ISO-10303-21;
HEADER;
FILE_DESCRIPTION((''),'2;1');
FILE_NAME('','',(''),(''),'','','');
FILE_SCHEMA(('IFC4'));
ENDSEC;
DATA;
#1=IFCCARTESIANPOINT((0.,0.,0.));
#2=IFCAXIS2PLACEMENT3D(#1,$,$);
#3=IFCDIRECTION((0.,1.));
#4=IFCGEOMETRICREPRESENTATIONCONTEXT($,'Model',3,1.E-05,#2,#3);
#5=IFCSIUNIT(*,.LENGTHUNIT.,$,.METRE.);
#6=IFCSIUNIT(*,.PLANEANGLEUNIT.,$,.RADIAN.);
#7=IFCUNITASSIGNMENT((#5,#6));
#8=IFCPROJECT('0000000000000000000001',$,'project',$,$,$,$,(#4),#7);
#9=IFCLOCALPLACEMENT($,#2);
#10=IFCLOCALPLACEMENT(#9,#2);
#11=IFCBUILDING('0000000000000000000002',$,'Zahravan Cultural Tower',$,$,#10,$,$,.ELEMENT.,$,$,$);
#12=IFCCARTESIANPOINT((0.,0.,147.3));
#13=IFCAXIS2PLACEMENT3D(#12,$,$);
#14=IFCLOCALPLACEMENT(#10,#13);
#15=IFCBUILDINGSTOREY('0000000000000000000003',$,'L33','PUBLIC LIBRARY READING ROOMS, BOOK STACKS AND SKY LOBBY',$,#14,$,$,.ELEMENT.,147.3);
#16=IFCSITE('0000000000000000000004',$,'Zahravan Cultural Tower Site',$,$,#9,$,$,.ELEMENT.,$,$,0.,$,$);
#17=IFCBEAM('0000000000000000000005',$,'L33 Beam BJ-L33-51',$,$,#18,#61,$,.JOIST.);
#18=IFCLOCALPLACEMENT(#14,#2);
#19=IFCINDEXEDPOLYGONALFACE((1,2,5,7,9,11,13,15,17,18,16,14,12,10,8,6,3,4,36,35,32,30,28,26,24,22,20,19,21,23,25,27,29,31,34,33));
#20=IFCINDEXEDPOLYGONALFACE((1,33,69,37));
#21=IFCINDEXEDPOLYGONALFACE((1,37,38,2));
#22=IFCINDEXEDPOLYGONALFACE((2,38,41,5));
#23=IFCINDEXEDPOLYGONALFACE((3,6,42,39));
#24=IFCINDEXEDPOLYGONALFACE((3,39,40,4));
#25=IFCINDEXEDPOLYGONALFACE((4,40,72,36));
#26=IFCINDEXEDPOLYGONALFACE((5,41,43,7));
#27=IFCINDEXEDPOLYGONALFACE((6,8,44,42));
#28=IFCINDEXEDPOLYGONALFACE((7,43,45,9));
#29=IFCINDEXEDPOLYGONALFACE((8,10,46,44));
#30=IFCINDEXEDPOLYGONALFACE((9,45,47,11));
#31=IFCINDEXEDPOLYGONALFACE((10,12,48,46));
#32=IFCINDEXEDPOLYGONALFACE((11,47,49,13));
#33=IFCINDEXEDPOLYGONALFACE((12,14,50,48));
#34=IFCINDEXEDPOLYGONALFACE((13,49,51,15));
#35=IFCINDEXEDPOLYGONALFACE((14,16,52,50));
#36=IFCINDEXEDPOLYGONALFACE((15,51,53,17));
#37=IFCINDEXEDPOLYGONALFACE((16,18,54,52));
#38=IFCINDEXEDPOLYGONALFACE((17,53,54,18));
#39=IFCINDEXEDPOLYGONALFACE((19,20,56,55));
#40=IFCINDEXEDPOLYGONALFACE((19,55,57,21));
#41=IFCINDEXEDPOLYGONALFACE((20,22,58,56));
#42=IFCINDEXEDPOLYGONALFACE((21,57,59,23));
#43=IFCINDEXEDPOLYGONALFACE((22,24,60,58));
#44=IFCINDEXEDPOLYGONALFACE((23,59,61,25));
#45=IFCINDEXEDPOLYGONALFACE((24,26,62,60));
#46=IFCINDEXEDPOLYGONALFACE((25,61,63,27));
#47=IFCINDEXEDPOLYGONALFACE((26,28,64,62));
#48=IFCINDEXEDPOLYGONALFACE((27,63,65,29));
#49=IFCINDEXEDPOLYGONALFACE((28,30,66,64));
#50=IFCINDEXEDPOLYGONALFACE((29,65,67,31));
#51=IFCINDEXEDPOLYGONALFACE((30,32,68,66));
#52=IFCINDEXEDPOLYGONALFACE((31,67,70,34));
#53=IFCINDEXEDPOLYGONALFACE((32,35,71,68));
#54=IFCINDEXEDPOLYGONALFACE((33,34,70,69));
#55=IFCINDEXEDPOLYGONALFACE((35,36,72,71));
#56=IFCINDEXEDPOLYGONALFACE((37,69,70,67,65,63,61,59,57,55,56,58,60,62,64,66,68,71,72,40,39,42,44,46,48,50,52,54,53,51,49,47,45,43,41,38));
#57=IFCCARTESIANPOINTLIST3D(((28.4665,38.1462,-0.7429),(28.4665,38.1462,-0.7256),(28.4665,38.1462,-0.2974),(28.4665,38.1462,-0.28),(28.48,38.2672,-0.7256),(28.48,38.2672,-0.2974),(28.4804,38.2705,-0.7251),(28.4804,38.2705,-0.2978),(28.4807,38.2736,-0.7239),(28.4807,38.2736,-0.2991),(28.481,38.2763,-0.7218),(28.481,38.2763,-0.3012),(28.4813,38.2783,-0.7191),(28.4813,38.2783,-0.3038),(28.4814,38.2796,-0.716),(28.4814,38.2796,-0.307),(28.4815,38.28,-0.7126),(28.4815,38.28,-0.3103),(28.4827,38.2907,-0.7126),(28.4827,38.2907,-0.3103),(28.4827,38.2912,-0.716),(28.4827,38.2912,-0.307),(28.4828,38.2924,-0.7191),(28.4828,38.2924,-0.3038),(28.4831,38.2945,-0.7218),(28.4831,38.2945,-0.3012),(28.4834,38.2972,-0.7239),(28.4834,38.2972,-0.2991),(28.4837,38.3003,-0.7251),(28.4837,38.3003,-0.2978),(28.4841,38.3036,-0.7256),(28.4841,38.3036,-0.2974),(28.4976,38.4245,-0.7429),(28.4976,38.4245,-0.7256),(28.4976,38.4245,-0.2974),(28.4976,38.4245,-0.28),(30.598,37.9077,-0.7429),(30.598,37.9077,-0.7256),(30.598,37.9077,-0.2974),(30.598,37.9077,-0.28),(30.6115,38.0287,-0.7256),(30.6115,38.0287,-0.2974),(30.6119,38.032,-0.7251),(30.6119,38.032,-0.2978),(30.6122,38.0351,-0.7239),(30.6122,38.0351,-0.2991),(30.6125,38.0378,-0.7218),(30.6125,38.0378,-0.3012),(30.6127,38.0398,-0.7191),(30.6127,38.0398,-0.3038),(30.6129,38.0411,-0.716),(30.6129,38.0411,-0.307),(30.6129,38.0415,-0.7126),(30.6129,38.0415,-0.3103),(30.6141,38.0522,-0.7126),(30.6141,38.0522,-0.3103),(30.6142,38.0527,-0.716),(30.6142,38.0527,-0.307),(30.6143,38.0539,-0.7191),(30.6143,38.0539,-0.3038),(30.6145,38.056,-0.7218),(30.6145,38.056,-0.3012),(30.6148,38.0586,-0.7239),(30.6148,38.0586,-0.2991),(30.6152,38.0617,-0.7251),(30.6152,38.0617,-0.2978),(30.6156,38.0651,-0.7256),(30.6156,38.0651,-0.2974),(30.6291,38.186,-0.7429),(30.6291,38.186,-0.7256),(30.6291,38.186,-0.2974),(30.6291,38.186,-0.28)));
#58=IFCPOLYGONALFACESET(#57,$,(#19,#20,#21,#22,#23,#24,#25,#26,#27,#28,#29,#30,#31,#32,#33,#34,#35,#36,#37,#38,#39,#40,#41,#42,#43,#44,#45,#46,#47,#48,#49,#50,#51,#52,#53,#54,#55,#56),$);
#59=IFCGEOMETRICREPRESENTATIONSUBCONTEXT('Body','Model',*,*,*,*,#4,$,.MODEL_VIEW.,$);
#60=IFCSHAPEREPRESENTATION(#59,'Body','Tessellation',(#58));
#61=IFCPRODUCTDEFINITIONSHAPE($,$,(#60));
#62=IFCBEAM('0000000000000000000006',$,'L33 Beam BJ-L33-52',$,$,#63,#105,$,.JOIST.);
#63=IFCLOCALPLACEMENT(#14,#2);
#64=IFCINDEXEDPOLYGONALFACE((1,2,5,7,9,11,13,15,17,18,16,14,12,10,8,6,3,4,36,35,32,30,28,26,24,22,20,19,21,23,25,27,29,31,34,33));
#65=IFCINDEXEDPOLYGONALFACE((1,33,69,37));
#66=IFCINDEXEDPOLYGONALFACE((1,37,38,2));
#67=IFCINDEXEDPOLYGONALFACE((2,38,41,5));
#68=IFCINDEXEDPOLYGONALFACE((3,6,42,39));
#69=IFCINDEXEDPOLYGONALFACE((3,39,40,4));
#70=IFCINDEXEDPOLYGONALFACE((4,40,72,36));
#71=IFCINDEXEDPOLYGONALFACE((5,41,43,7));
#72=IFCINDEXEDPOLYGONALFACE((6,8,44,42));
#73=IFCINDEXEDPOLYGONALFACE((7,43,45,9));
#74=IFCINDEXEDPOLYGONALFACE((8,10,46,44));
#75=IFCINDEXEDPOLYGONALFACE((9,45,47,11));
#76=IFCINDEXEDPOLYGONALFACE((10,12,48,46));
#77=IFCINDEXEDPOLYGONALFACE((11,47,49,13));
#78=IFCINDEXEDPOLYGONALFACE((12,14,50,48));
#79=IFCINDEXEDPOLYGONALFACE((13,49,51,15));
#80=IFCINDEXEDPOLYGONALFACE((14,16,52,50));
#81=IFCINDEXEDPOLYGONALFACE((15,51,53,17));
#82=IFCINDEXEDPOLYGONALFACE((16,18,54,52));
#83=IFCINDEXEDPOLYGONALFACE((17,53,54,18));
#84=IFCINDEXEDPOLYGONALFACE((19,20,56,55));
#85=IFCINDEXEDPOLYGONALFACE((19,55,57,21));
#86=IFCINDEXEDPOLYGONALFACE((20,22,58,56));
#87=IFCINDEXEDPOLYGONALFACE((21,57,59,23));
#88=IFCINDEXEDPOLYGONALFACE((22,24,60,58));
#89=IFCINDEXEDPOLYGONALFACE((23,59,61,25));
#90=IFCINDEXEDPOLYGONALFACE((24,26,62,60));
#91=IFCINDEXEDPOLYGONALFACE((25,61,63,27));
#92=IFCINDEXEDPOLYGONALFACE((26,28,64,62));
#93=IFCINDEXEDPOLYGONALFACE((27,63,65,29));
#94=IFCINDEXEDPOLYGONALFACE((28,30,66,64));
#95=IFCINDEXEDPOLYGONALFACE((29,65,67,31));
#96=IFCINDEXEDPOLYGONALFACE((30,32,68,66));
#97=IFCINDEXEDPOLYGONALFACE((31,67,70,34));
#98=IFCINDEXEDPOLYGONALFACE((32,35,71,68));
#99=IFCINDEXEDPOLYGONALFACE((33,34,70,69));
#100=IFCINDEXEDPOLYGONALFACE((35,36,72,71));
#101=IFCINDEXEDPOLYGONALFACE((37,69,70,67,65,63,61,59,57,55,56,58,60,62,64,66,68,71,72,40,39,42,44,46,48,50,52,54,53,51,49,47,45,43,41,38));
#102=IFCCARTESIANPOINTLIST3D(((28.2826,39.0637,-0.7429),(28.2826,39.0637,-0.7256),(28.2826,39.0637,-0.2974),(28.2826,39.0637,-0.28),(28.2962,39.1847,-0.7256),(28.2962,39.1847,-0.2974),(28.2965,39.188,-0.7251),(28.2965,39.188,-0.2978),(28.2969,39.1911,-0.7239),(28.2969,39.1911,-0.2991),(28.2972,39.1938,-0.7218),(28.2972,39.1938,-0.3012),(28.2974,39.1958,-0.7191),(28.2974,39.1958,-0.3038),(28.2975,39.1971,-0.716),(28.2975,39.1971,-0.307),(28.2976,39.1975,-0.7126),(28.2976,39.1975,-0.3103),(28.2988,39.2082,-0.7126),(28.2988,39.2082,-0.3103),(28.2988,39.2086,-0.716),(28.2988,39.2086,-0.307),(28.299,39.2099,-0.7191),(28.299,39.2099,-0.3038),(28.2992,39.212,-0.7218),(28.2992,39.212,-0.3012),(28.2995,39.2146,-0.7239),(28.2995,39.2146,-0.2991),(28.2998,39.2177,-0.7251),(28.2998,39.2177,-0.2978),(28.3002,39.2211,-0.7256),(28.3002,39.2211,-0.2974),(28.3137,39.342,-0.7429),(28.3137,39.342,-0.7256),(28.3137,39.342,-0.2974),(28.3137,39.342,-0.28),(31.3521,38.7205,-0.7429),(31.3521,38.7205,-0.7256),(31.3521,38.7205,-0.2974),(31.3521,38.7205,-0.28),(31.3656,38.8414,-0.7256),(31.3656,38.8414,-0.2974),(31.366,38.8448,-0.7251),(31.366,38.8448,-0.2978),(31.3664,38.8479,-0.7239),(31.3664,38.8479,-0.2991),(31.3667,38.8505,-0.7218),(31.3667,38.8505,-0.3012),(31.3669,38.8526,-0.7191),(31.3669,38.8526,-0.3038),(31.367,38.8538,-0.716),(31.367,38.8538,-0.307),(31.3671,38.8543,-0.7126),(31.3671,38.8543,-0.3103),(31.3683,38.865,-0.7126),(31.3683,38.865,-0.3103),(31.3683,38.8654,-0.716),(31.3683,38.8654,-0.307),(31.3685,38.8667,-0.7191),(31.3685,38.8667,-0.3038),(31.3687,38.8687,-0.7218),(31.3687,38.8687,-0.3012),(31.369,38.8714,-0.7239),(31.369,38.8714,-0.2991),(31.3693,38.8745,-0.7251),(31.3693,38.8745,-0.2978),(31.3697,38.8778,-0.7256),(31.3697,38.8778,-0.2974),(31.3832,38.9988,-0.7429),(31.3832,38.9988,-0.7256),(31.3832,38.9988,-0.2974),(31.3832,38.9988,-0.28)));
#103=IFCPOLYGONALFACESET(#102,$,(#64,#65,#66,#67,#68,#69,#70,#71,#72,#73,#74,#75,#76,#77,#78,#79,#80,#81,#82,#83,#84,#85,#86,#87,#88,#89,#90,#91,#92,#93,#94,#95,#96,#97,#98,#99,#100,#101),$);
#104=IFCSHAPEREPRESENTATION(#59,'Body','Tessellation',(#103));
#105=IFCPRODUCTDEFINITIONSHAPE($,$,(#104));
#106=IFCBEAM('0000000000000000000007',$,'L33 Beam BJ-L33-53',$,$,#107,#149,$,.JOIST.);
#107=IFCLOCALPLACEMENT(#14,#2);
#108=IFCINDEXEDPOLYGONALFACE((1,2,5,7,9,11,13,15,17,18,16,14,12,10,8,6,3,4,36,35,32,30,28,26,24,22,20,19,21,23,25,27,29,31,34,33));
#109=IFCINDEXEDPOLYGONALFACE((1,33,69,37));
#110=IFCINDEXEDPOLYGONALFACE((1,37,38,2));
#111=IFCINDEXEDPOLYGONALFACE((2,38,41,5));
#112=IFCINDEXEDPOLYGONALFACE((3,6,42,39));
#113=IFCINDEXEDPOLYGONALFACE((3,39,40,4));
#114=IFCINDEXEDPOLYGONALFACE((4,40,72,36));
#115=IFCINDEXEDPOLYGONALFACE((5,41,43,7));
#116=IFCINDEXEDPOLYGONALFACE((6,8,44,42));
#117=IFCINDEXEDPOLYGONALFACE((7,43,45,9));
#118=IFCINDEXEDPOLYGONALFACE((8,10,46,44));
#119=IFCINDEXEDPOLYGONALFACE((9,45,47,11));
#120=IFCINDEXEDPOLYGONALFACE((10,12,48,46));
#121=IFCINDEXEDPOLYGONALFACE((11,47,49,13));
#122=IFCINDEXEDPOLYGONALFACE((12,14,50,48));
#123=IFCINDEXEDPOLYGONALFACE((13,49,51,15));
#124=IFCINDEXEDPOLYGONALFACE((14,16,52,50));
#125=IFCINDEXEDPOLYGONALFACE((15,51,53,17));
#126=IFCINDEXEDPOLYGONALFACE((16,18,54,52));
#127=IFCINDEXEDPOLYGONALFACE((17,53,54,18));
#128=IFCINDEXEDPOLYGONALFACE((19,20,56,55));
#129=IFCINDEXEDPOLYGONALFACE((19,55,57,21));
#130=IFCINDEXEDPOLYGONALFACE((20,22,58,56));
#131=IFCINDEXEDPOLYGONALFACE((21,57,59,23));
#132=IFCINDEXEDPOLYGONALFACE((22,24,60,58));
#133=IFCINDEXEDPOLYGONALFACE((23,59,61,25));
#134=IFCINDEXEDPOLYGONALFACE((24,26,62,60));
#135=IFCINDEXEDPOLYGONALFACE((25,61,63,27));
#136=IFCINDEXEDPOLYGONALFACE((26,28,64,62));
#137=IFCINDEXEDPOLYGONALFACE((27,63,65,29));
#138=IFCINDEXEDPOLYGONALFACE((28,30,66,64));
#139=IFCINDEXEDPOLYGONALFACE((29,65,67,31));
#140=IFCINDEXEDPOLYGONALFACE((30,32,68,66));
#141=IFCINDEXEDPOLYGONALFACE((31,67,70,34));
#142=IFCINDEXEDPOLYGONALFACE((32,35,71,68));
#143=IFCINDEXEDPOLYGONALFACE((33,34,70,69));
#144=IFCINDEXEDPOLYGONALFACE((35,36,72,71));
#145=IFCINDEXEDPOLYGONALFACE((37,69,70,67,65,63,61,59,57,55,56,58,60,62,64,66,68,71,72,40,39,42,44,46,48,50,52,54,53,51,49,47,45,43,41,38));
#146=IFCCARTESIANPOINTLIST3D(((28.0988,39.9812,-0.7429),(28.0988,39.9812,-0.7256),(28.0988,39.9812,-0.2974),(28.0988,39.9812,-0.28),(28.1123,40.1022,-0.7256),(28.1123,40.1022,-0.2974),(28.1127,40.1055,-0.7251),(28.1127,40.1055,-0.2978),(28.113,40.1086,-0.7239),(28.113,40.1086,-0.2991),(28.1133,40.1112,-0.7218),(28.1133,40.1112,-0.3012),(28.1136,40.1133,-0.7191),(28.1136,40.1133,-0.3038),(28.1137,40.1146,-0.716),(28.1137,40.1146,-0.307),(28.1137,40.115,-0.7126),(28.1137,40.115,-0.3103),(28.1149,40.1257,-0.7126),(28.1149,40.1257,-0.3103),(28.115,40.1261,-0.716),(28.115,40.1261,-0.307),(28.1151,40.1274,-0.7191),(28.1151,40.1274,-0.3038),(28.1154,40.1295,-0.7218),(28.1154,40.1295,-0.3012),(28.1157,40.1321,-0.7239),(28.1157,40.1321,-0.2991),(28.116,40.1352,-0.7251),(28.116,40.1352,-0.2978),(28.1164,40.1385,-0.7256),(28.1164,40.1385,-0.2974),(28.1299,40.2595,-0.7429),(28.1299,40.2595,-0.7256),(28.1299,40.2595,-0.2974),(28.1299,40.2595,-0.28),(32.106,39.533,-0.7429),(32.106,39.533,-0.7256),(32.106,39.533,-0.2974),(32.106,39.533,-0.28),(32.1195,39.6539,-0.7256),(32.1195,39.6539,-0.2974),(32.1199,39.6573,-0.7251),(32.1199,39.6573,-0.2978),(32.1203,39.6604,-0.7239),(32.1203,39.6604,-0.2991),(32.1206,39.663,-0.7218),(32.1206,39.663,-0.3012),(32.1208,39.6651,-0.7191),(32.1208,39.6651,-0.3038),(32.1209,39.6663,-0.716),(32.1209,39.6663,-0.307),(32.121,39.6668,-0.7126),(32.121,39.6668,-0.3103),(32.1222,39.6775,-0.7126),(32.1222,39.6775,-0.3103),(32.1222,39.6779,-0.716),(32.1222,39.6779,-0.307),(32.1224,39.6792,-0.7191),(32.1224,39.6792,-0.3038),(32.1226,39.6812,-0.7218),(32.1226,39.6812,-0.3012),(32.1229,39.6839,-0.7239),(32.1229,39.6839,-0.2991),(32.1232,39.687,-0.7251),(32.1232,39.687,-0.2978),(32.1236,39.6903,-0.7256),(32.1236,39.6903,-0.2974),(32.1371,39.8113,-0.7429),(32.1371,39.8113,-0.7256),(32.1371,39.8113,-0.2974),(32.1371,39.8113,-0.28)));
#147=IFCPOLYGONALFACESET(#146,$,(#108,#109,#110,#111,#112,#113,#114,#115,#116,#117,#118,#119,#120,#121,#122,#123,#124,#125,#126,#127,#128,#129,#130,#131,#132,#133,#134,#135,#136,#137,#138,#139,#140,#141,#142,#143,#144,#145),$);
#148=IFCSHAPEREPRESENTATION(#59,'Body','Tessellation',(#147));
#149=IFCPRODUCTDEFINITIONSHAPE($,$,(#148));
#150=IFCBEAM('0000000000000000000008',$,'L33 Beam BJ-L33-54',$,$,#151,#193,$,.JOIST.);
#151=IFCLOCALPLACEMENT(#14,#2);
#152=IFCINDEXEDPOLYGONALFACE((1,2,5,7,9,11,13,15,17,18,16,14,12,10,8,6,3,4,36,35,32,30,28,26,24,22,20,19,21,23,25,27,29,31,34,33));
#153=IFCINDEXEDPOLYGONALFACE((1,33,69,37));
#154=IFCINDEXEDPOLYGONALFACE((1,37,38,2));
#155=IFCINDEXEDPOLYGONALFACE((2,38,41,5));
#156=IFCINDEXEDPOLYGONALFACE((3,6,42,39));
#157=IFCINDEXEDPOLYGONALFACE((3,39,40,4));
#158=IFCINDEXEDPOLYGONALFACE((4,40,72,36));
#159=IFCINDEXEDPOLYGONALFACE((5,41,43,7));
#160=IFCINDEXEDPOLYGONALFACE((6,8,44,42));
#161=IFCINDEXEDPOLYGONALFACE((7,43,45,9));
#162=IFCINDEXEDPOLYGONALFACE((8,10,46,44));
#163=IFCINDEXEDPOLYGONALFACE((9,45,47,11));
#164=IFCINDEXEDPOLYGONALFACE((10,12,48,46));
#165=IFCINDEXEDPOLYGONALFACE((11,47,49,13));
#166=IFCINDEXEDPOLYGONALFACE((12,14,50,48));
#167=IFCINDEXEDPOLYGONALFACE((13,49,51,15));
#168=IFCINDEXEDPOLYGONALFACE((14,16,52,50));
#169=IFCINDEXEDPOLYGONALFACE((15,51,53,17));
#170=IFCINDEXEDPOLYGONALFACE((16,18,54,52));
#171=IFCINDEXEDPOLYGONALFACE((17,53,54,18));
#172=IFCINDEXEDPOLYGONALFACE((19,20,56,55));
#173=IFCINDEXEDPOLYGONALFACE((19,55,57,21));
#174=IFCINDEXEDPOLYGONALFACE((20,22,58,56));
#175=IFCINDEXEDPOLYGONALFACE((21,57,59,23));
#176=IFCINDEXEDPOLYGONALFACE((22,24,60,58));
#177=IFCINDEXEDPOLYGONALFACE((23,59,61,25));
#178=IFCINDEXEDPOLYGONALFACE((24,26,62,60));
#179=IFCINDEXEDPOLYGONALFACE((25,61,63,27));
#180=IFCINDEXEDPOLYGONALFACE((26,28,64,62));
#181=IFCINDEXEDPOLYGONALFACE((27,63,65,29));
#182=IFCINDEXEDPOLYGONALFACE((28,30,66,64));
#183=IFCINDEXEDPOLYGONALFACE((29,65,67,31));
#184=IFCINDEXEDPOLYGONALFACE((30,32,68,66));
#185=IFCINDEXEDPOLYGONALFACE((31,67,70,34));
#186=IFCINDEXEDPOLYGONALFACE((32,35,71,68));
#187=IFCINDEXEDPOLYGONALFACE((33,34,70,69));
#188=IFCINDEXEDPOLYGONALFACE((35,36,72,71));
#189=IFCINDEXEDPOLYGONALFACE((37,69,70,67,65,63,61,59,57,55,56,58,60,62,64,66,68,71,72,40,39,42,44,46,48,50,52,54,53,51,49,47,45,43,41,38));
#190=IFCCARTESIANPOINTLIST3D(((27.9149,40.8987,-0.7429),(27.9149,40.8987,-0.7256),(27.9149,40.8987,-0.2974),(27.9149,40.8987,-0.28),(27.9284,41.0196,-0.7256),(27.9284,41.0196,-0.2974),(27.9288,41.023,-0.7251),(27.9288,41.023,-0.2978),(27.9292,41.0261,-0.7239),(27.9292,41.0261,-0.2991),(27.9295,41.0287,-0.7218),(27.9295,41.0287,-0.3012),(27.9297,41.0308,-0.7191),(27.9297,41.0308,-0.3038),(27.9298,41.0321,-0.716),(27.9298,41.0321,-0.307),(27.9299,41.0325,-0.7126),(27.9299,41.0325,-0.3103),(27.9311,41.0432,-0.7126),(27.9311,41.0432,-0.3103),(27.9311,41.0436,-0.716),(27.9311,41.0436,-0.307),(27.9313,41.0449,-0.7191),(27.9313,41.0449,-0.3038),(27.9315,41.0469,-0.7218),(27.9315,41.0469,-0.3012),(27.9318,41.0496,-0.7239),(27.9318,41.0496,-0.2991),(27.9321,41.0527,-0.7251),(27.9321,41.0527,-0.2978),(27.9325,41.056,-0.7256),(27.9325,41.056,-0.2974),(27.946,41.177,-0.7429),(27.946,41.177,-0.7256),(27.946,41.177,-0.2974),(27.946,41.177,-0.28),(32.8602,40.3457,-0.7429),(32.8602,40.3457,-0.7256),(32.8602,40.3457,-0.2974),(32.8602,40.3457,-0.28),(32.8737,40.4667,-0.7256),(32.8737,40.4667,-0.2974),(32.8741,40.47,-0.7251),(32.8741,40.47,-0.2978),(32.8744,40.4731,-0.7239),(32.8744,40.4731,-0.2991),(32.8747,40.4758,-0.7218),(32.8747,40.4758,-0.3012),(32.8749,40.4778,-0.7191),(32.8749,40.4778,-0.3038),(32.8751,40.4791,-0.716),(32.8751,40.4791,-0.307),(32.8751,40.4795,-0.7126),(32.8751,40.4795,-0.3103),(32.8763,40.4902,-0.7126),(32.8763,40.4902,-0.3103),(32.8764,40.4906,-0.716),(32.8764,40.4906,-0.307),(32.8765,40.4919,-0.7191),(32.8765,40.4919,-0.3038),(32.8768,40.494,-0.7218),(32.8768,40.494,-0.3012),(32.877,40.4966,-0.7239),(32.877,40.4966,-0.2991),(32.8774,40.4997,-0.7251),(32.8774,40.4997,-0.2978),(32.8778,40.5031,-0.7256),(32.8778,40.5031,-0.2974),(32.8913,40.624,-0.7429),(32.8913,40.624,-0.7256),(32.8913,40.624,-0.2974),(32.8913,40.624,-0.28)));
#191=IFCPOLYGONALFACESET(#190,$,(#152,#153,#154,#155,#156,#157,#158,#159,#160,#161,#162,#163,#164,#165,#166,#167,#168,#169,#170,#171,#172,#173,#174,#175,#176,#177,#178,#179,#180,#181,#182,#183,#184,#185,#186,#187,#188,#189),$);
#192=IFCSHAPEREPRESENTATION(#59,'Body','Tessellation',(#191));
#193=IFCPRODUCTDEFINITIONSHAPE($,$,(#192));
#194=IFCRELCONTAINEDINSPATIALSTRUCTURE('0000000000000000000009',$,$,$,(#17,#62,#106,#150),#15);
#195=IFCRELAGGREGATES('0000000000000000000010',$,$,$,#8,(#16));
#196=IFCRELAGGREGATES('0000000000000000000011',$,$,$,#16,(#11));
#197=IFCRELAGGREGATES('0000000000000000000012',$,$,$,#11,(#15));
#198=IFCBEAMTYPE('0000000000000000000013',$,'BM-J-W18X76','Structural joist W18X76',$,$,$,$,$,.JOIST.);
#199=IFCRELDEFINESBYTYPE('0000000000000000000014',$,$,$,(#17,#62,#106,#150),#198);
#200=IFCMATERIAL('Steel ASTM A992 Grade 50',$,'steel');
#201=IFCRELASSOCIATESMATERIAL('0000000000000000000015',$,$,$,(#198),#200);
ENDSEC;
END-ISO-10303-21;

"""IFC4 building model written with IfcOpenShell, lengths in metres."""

from ifc_helpers import new_model, si_unit, direction, frame, origin, origin_2d, place, context, subcontext, project, spatial, i_section, extrude, source, transform, mapped, material, material_profile, profile_set, type_object, element, save


model = new_model("IFC4")

# Units and contexts
model_context = context("Model", 3, precision=1e-05, world=origin(), true_north=direction((0.0, 1.0)))
body_context = subcontext(model_context, "Body", "Model", "MODEL_VIEW")
ifc_project = project(units=[si_unit("LENGTHUNIT", "METRE"), si_unit("PLANEANGLEUNIT", "RADIAN")], contexts=[model_context])

# Site, building, storey
site_placement = place(None, origin())
site = spatial("IfcSite", under=ifc_project, at=site_placement, Name="Zahravan Cultural Tower Site", CompositionType="ELEMENT", RefElevation=0.0)
building_placement = place(site_placement, origin())
building = spatial("IfcBuilding", under=site, at=building_placement, Name="Zahravan Cultural Tower", CompositionType="ELEMENT")
storey_placement = place(building_placement, frame((0.0, 0.0, 147.3)))
storey = spatial("IfcBuildingStorey", under=building, at=storey_placement, Name="L33", Description="PUBLIC LIBRARY READING ROOMS, BOOK STACKS AND SKY LOBBY", CompositionType="ELEMENT", Elevation=147.3)

# Shared definitions
ifc_material_1 = material(Name="Steel ASTM A992 Grade 50", Category="steel")

# Beams
ifc_material_profile_1 = material_profile(ifc_material_1, i_section(OverallWidth=0.28, OverallDepth=0.4629, WebThickness=0.0107, FlangeThickness=0.0173, FilletRadius=0.0129, at=origin_2d()), Name="W18X76")
ifc_profile_set_1 = profile_set([ifc_material_profile_1], Name="Steel ASTM A992 Grade 50")
beam_type_1 = type_object("IfcBeamType", Name="BM-J-W18X76", Description="Structural joist W18X76", PredefinedType="JOIST", material=ifc_profile_set_1)
shared_shape_1 = source(origin(), body_context, "Body", "SweptSolid", [
    extrude(i_section(OverallWidth=0.28, OverallDepth=0.4629, WebThickness=0.0107, FlangeThickness=0.0173, FilletRadius=0.0129, at=origin_2d()), origin(), (0.0, 0.0, 1.0), 2.1448),
])
beam_1_placement = place(storey_placement, frame((30.6135, 38.0469, -0.5115), z_axis=(-0.993797, 0.111206, 0.0), x_axis=(-0.111206, -0.993797, 0.0)))
element("IfcBeam", 1, at=beam_1_placement, inside=storey, type_object=beam_type_1, Name="L33 Beam BJ-L33-51", PredefinedType="JOIST", context=body_context, shape_type="MappedRepresentation", body=[
    mapped(shared_shape_1, transform((0.0, 0.0, 0.0), x_axis=(1.0, 0.0, 0.0), y_axis=(0.0, 1.0, 0.0), z_axis=(0.0, 0.0, 1.0), scale=1.0)),
])
shared_shape_2 = source(origin(), body_context, "Body", "SweptSolid", [
    extrude(i_section(OverallWidth=0.28, OverallDepth=0.4629, WebThickness=0.0107, FlangeThickness=0.0173, FilletRadius=0.0129, at=origin_2d()), origin(), (0.0, 0.0, 1.0), 3.0886),
])
beam_2_placement = place(storey_placement, frame((31.3677, 38.8596, -0.5115), z_axis=(-0.993805, 0.111134, 0.0), x_axis=(-0.111134, -0.993805, 0.0)))
element("IfcBeam", 2, at=beam_2_placement, inside=storey, type_object=beam_type_1, Name="L33 Beam BJ-L33-52", PredefinedType="JOIST", context=body_context, shape_type="MappedRepresentation", body=[
    mapped(shared_shape_2, transform((0.0, 0.0, 0.0), x_axis=(1.0, 0.0, 0.0), y_axis=(0.0, 1.0, 0.0), z_axis=(0.0, 0.0, 1.0), scale=1.0)),
])
shared_shape_3 = source(origin(), body_context, "Body", "SweptSolid", [
    extrude(i_section(OverallWidth=0.28, OverallDepth=0.4629, WebThickness=0.0107, FlangeThickness=0.0173, FilletRadius=0.0129, at=origin_2d()), origin(), (0.0, 0.0, 1.0), 4.0322),
])
beam_3_placement = place(storey_placement, frame((32.1216, 39.6721, -0.5115), z_axis=(-0.993802, 0.111162, 0.0), x_axis=(-0.111162, -0.993802, 0.0)))
element("IfcBeam", 3, at=beam_3_placement, inside=storey, type_object=beam_type_1, Name="L33 Beam BJ-L33-53", PredefinedType="JOIST", context=body_context, shape_type="MappedRepresentation", body=[
    mapped(shared_shape_3, transform((0.0, 0.0, 0.0), x_axis=(1.0, 0.0, 0.0), y_axis=(0.0, 1.0, 0.0), z_axis=(0.0, 0.0, 1.0), scale=1.0)),
])
shared_shape_4 = source(origin(), body_context, "Body", "SweptSolid", [
    extrude(i_section(OverallWidth=0.28, OverallDepth=0.4629, WebThickness=0.0107, FlangeThickness=0.0173, FilletRadius=0.0129, at=origin_2d()), origin(), (0.0, 0.0, 1.0), 4.9761),
])
beam_4_placement = place(storey_placement, frame((32.8757, 40.4849, -0.5115), z_axis=(-0.993806, 0.111126, 0.0), x_axis=(-0.111126, -0.993806, 0.0)))
element("IfcBeam", 4, at=beam_4_placement, inside=storey, type_object=beam_type_1, Name="L33 Beam BJ-L33-54", PredefinedType="JOIST", context=body_context, shape_type="MappedRepresentation", body=[
    mapped(shared_shape_4, transform((0.0, 0.0, 0.0), x_axis=(1.0, 0.0, 0.0), y_axis=(0.0, 1.0, 0.0), z_axis=(0.0, 0.0, 1.0), scale=1.0)),
])

save(model, "model.ifc")
